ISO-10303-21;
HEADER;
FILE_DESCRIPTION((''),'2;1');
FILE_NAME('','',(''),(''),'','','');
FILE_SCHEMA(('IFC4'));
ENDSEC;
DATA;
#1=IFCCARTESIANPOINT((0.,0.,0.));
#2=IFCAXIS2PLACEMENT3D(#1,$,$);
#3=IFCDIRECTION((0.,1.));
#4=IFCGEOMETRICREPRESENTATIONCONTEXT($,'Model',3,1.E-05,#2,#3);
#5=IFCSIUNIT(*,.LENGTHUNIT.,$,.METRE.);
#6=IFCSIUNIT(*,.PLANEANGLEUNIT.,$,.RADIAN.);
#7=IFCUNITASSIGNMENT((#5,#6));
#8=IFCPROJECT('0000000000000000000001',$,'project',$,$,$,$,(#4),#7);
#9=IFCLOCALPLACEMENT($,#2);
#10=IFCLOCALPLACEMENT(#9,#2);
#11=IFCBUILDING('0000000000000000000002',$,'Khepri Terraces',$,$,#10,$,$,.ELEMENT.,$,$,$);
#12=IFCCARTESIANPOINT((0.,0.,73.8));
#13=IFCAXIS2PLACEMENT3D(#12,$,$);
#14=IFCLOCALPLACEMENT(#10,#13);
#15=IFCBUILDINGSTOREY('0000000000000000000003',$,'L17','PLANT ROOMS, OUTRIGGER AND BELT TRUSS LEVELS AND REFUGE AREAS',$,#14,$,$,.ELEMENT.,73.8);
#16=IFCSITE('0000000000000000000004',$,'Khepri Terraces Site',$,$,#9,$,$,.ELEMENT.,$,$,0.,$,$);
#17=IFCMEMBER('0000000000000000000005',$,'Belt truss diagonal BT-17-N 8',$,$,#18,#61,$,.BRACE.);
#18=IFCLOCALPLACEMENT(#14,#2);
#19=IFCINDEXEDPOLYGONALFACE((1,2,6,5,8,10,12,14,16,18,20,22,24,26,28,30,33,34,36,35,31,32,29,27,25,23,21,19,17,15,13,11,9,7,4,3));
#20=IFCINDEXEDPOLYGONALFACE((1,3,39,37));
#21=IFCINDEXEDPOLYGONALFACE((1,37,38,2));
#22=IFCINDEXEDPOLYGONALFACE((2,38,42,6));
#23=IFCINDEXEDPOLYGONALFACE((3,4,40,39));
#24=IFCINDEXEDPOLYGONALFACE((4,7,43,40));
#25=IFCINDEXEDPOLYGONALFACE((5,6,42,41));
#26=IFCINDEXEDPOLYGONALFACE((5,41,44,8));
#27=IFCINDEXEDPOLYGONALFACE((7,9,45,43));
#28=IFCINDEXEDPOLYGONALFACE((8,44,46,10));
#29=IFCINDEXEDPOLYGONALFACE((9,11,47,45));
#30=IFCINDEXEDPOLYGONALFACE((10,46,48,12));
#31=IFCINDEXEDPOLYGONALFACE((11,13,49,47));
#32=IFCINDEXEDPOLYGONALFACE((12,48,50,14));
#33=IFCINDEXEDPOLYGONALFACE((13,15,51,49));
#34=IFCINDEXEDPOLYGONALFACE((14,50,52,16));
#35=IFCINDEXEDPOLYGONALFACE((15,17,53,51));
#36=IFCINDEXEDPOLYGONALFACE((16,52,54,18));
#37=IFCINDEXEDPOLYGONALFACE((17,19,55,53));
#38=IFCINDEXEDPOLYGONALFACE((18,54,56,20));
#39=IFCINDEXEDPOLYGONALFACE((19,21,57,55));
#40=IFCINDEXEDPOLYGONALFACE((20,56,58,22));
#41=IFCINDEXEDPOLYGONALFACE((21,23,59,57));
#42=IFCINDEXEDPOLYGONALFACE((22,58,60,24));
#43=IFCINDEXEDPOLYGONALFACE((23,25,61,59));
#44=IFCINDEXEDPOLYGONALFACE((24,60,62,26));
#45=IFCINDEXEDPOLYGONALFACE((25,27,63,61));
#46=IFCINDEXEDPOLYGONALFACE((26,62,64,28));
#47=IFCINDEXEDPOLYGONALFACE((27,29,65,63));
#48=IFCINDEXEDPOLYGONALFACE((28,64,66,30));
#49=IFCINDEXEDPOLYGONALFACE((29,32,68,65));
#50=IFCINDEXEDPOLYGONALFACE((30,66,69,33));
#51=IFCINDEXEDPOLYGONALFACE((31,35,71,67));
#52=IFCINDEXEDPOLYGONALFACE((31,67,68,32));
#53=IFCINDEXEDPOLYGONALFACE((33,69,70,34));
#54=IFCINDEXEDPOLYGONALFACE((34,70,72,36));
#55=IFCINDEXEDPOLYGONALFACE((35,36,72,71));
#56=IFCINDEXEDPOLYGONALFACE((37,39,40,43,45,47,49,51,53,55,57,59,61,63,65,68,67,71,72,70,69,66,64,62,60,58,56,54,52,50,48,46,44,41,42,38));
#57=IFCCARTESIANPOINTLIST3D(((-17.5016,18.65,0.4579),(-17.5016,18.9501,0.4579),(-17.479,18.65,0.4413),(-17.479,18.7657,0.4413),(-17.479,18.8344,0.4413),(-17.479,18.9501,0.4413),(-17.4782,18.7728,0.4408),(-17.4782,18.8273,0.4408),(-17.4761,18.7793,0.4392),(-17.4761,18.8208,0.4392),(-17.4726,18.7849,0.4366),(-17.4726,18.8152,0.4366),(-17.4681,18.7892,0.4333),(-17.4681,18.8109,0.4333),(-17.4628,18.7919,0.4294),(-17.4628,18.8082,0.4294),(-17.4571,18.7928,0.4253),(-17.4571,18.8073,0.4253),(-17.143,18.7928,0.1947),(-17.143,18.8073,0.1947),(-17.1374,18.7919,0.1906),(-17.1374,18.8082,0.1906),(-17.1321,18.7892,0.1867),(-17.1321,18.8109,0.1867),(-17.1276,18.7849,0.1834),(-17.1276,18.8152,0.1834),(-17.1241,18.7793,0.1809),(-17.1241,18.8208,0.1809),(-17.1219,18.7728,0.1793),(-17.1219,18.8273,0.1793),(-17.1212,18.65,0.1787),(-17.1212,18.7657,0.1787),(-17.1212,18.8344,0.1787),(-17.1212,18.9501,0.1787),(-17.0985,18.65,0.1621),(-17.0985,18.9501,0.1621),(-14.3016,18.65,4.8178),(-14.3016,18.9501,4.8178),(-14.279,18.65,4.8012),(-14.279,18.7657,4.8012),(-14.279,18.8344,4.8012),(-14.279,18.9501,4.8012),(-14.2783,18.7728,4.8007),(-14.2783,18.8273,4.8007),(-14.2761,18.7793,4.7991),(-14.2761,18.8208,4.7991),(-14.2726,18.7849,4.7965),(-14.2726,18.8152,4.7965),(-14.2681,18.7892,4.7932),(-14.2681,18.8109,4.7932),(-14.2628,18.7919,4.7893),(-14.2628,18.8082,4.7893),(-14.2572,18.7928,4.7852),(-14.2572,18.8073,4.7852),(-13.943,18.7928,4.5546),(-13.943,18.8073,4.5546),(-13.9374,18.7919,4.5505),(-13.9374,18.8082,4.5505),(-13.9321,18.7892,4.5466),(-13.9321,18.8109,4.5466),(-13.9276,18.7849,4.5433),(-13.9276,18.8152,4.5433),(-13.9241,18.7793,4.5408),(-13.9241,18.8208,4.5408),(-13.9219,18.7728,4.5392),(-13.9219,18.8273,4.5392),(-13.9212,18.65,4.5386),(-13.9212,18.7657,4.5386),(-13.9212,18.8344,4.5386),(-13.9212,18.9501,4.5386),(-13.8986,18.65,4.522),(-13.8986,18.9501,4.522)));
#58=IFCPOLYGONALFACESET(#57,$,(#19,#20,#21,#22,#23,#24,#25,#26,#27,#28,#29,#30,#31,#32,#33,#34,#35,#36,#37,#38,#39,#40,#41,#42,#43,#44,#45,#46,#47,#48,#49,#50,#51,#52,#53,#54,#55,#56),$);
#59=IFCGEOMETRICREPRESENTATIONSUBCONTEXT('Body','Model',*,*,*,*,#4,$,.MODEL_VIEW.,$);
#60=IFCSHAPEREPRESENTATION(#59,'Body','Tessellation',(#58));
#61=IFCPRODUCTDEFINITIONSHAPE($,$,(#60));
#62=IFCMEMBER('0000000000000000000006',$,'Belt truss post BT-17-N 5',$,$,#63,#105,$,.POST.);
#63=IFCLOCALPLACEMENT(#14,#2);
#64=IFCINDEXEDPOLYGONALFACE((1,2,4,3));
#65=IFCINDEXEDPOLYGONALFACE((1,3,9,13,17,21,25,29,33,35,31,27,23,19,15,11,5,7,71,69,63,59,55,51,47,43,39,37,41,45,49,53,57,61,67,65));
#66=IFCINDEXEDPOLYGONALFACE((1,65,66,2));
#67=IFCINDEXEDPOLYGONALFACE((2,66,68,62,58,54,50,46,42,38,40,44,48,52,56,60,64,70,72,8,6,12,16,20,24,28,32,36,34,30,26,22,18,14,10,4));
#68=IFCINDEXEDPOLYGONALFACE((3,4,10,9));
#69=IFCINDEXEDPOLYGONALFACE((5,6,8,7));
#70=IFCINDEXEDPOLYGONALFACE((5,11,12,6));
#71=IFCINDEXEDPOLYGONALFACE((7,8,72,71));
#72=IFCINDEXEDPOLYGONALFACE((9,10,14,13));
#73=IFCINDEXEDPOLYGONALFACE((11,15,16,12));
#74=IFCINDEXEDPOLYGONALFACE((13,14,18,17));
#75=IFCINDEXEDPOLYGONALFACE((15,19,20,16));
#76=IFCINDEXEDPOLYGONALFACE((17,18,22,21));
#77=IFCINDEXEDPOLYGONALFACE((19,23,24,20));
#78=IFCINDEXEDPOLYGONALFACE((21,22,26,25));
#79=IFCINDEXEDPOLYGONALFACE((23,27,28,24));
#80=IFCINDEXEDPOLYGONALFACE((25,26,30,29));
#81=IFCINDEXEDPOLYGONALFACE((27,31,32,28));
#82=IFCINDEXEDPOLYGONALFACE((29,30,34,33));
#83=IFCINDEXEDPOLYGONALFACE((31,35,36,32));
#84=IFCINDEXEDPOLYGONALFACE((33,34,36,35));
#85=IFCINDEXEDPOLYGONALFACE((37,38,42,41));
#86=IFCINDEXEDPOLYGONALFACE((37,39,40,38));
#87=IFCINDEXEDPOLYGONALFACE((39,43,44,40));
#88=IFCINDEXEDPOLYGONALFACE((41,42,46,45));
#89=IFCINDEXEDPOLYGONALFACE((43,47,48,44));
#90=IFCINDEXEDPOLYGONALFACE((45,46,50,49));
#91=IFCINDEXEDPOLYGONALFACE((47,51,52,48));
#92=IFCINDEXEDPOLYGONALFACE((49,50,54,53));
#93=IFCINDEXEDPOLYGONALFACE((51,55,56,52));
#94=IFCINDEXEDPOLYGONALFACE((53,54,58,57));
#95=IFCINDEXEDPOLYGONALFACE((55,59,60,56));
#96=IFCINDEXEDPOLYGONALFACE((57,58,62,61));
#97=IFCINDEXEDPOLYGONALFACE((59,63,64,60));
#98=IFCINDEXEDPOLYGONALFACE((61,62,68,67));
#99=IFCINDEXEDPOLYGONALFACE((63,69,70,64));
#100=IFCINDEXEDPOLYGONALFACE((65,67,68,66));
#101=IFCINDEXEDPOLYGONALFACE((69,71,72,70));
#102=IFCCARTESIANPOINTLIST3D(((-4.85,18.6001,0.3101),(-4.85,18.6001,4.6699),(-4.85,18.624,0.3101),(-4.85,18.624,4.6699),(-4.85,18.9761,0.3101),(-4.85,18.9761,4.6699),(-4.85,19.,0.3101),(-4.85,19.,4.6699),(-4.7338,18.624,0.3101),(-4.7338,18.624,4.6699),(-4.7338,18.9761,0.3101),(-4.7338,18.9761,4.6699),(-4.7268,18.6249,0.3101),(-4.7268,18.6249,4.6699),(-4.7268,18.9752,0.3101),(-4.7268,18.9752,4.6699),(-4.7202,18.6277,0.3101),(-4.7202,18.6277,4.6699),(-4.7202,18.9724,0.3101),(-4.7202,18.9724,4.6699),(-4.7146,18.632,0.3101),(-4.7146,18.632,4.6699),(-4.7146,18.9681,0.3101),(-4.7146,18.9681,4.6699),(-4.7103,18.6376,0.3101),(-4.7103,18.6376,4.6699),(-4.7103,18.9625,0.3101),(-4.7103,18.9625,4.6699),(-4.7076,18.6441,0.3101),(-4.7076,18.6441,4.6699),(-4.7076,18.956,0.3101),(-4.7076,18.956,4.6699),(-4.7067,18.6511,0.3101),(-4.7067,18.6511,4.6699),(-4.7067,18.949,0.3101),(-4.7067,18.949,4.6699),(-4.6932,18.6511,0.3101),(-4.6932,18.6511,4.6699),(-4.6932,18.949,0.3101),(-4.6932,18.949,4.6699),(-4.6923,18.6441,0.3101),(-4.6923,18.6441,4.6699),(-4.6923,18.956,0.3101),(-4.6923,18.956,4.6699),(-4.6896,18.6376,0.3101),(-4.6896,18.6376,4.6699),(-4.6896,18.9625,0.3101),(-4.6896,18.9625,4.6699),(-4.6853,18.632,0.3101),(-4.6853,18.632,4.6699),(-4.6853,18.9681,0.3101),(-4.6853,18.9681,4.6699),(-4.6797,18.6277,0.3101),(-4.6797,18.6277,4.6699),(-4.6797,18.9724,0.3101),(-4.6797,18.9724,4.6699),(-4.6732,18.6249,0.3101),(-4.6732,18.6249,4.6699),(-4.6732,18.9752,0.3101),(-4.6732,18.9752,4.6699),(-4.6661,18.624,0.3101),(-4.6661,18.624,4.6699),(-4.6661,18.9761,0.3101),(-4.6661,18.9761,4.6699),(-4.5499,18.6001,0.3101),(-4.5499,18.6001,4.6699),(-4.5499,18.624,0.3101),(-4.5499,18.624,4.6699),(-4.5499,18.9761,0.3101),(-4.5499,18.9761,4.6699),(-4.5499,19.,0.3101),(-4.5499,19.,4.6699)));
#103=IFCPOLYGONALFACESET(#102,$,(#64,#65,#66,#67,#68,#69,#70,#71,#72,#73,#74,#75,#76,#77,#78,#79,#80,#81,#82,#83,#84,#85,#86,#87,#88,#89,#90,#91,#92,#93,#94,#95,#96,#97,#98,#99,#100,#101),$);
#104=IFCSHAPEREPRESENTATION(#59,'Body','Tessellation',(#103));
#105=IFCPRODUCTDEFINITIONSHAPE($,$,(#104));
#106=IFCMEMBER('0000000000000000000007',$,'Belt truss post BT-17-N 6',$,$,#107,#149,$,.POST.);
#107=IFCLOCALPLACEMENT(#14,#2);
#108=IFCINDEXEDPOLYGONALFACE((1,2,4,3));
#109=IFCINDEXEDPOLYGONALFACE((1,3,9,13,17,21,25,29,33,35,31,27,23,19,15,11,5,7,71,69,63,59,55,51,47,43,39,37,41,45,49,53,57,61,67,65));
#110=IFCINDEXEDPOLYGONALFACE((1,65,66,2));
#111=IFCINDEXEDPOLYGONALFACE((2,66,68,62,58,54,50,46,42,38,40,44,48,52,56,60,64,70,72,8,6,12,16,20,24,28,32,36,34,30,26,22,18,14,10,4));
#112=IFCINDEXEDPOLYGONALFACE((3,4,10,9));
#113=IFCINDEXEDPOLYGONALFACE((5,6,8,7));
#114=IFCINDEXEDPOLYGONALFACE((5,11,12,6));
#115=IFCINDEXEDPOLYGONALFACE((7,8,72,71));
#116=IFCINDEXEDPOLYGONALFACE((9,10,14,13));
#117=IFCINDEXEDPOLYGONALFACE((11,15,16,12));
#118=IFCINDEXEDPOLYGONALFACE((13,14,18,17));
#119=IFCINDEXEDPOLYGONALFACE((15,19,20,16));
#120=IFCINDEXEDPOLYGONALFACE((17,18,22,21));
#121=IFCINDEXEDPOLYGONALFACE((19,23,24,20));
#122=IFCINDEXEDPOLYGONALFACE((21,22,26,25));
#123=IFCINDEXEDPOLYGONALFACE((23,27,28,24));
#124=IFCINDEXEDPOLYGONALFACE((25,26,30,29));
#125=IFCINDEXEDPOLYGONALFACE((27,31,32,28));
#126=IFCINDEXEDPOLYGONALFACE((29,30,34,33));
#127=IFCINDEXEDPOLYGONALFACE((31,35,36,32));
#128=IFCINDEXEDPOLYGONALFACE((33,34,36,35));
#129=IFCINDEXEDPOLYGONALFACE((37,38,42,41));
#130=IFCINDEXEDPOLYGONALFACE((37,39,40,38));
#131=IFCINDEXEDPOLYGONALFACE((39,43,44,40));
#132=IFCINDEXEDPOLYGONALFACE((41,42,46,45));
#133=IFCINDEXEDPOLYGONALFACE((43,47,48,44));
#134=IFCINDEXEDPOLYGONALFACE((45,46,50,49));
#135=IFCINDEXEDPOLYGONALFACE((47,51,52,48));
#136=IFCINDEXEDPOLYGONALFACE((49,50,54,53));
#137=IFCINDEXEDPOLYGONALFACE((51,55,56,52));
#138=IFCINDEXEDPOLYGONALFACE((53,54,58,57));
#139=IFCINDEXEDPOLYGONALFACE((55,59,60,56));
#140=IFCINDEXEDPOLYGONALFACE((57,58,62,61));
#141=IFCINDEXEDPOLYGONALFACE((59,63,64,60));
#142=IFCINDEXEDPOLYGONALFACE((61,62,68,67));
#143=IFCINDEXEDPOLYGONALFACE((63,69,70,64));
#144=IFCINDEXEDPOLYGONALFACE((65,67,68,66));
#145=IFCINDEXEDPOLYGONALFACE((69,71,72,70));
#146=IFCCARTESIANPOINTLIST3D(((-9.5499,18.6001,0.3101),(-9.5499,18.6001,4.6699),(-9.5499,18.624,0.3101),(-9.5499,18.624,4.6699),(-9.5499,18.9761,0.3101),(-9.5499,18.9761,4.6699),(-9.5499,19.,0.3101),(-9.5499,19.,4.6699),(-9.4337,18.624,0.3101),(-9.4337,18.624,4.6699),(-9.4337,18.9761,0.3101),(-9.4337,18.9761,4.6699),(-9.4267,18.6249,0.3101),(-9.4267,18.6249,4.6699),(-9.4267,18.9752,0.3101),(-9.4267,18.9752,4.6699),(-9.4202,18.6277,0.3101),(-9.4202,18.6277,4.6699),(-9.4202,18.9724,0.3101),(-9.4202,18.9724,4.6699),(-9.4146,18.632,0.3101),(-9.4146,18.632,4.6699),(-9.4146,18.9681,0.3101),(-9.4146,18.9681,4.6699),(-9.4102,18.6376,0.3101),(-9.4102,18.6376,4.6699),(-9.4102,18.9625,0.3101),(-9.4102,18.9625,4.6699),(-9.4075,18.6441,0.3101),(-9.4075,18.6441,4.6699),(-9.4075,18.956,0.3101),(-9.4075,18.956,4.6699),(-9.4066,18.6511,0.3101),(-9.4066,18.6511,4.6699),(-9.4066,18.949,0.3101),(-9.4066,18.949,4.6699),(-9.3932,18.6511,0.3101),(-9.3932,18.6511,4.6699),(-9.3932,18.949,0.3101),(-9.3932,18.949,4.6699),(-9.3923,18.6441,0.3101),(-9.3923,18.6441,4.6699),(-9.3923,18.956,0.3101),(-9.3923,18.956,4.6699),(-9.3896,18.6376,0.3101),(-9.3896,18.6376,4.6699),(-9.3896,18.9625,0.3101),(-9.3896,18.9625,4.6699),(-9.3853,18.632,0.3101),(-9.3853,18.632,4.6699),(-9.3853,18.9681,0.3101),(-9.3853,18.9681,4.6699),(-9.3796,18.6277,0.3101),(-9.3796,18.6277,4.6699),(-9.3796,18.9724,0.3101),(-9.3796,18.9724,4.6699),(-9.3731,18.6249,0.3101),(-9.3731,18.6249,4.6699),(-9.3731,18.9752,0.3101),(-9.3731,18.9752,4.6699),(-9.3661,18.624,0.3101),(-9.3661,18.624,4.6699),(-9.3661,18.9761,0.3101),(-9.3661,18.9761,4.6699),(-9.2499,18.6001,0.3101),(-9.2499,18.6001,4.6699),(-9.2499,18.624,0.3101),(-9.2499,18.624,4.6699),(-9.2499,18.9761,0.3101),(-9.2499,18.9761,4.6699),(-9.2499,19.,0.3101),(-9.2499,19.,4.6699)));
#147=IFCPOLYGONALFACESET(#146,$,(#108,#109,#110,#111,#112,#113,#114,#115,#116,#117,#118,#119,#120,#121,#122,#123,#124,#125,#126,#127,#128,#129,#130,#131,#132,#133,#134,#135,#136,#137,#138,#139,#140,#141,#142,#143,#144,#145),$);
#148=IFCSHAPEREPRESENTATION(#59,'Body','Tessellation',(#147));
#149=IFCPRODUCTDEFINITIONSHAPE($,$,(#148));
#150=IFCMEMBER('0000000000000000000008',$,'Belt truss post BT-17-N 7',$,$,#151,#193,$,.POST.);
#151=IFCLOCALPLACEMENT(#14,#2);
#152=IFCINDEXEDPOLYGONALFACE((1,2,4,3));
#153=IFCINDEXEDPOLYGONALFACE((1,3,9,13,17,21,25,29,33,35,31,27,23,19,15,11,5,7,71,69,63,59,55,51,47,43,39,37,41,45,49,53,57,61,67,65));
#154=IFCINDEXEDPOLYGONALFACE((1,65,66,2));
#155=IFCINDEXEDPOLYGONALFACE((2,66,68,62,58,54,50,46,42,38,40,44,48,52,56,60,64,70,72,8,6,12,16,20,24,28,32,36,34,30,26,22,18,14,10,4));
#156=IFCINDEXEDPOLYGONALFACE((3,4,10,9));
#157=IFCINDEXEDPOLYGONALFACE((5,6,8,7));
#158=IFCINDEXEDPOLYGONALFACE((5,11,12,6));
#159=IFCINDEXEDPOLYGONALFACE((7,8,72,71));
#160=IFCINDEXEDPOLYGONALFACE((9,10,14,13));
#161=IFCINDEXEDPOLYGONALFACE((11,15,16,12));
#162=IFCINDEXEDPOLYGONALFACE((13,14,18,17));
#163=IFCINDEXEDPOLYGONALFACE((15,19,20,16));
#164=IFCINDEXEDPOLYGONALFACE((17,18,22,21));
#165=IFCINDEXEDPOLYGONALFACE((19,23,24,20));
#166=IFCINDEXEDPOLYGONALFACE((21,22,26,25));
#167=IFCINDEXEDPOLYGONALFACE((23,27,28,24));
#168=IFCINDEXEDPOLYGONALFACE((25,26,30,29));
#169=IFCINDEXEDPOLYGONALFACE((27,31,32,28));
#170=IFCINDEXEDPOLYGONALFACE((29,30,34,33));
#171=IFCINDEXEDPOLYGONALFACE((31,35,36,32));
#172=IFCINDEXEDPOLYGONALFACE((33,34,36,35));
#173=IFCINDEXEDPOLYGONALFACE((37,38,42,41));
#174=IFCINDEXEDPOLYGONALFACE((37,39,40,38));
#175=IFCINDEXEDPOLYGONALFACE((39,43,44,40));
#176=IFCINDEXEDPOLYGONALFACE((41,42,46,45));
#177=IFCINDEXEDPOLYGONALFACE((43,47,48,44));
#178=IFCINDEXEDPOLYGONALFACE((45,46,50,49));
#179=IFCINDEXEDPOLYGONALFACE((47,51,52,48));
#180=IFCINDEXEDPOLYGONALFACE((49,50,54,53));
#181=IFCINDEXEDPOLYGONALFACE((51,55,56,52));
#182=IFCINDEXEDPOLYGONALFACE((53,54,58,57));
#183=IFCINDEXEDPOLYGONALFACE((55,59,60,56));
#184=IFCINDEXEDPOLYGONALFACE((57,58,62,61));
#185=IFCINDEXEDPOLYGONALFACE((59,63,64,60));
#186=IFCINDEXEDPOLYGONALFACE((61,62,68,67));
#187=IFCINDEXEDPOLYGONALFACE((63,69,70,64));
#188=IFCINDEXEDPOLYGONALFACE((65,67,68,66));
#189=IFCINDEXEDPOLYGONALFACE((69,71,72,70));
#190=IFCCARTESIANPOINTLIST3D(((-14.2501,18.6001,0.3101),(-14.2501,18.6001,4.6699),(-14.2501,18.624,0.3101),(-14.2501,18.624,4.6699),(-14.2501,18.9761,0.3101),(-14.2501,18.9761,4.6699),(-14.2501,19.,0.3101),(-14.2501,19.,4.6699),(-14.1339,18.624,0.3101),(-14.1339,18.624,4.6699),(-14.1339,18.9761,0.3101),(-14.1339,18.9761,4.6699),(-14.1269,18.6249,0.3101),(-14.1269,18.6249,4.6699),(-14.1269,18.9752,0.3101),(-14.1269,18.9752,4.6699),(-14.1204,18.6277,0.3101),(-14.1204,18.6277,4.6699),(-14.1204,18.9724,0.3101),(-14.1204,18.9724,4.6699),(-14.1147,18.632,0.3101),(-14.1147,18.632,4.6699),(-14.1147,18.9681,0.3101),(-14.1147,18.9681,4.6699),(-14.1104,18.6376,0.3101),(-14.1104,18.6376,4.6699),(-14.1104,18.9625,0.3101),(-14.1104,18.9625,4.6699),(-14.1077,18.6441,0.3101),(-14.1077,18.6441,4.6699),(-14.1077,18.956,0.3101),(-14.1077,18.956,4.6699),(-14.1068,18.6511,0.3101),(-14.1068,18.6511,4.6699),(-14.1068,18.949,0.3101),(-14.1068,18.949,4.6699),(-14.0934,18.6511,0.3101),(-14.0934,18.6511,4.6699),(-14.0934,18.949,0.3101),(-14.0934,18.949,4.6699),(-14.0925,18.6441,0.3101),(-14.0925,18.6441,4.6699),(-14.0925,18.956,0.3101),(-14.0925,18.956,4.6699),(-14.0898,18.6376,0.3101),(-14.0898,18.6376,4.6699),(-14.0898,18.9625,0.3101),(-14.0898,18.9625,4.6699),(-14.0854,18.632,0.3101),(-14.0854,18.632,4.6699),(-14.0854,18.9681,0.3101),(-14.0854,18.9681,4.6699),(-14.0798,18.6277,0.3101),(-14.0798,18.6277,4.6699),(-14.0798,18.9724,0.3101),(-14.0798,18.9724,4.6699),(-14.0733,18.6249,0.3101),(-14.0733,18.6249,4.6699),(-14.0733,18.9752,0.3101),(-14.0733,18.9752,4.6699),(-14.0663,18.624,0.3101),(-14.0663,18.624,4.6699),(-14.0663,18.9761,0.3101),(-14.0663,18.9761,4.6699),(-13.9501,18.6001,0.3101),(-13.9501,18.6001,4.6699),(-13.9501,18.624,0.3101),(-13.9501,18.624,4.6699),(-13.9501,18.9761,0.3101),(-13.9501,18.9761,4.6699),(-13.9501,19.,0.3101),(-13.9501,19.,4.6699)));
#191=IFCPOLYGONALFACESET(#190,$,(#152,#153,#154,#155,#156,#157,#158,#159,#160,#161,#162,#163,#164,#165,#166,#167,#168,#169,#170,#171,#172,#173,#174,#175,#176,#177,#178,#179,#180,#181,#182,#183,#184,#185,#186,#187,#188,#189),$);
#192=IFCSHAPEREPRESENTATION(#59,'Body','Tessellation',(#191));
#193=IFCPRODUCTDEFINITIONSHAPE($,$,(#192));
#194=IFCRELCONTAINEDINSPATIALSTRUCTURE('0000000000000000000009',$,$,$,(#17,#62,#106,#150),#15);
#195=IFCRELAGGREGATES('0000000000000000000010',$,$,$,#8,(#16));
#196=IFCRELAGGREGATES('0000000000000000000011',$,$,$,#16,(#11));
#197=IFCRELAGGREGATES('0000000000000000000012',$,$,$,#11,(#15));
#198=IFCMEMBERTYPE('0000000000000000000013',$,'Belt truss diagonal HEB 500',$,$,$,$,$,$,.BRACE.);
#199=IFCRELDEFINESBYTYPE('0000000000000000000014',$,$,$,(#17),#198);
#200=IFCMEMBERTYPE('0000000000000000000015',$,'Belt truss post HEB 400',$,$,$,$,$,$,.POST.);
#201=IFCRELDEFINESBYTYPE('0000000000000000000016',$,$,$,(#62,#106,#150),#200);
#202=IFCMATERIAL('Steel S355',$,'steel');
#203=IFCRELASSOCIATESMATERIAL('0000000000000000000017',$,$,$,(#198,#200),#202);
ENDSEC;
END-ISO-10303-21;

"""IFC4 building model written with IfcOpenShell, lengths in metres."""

from ifc_helpers import new_model, si_unit, direction, frame, origin, origin_2d, place, context, subcontext, project, spatial, i_section, extrude, material, material_profile, profile_set, type_object, element, save


model = new_model("IFC4")

# Units and contexts
model_context = context("Model", 3, precision=1e-05, world=origin(), true_north=direction((0.0, 1.0)))
body_context = subcontext(model_context, "Body", "Model", "MODEL_VIEW")
ifc_project = project(units=[si_unit("LENGTHUNIT", "METRE"), si_unit("PLANEANGLEUNIT", "RADIAN")], contexts=[model_context])

# Site, building, storey
site_placement = place(None, origin())
site = spatial("IfcSite", under=ifc_project, at=site_placement, Name="Khepri Terraces Site", CompositionType="ELEMENT", RefElevation=0.0)
building_placement = place(site_placement, origin())
building = spatial("IfcBuilding", under=site, at=building_placement, Name="Khepri Terraces", CompositionType="ELEMENT")
storey_placement = place(building_placement, frame((0.0, 0.0, 73.8)))
storey = spatial("IfcBuildingStorey", under=building, at=storey_placement, Name="L17", Description="PLANT ROOMS, OUTRIGGER AND BELT TRUSS LEVELS AND REFUGE AREAS", CompositionType="ELEMENT", Elevation=73.8)

# Members
ifc_material_1 = material(Name="Steel S355", Category="steel")
ifc_material_profile_1 = material_profile(ifc_material_1, i_section(OverallWidth=0.3, OverallDepth=0.5, WebThickness=0.0144, FlangeThickness=0.0281, FilletRadius=0.0271, at=origin_2d()), Name="Steel S355", Category="steel")
ifc_profile_set_1 = profile_set([ifc_material_profile_1], Name="Steel S355")
member_type_1 = type_object("IfcMemberType", Name="Belt truss diagonal HEB 500", PredefinedType="BRACE", material=ifc_profile_set_1)
member_placement = place(storey_placement, frame((-14.1001, 18.8, 4.6699), z_axis=(-0.59169, 0.0, -0.806165), x_axis=(0.0, -1.0, 0.0)))
element("IfcMember", 1, at=member_placement, inside=storey, type_object=member_type_1, Name="Belt truss diagonal BT-17-N 8", PredefinedType="BRACE", context=body_context, shape_type="SweptSolid", body=[
    extrude(i_section(OverallWidth=0.3, OverallDepth=0.5, WebThickness=0.0144, FlangeThickness=0.0281, FilletRadius=0.0271, at=origin_2d()), origin(), (0.0, 0.0, 1.0), 5.4082),
])
ifc_material_profile_2 = material_profile(ifc_material_1, i_section(OverallWidth=0.3, OverallDepth=0.3999, WebThickness=0.0134, FlangeThickness=0.0239, FilletRadius=0.0271, at=origin_2d()), Name="Steel S355", Category="steel")
ifc_profile_set_2 = profile_set([ifc_material_profile_2], Name="Steel S355")
member_type_2 = type_object("IfcMemberType", Name="Belt truss post HEB 400", PredefinedType="POST", material=ifc_profile_set_2)
for number, where, z_axis, x_axis, name in (
    (2, (-4.7, 18.8, 0.3101), (0.0, 0.0, 1.0), (1.0, 0.0, 0.0), "Belt truss post BT-17-N 5"),
    (3, (-9.3999, 18.8, 0.3101), (0.0, 0.0, 1.0), (1.0, 0.0, 0.0), "Belt truss post BT-17-N 6"),
    (4, (-14.1001, 18.8, 0.3101), (0.0, 0.0, 1.0), (1.0, 0.0, 0.0), "Belt truss post BT-17-N 7"),
):
    element("IfcMember", number, at=place(storey_placement, frame(where, z_axis=z_axis, x_axis=x_axis)), inside=storey, type_object=member_type_2, Name=name, PredefinedType="POST", context=body_context, shape_type="SweptSolid", body=[
        extrude(i_section(OverallWidth=0.3, OverallDepth=0.3999, WebThickness=0.0134, FlangeThickness=0.0239, FilletRadius=0.0271, at=origin_2d()), origin(), (0.0, 0.0, 1.0), 4.3599),
    ])

save(model, "model.ifc")
